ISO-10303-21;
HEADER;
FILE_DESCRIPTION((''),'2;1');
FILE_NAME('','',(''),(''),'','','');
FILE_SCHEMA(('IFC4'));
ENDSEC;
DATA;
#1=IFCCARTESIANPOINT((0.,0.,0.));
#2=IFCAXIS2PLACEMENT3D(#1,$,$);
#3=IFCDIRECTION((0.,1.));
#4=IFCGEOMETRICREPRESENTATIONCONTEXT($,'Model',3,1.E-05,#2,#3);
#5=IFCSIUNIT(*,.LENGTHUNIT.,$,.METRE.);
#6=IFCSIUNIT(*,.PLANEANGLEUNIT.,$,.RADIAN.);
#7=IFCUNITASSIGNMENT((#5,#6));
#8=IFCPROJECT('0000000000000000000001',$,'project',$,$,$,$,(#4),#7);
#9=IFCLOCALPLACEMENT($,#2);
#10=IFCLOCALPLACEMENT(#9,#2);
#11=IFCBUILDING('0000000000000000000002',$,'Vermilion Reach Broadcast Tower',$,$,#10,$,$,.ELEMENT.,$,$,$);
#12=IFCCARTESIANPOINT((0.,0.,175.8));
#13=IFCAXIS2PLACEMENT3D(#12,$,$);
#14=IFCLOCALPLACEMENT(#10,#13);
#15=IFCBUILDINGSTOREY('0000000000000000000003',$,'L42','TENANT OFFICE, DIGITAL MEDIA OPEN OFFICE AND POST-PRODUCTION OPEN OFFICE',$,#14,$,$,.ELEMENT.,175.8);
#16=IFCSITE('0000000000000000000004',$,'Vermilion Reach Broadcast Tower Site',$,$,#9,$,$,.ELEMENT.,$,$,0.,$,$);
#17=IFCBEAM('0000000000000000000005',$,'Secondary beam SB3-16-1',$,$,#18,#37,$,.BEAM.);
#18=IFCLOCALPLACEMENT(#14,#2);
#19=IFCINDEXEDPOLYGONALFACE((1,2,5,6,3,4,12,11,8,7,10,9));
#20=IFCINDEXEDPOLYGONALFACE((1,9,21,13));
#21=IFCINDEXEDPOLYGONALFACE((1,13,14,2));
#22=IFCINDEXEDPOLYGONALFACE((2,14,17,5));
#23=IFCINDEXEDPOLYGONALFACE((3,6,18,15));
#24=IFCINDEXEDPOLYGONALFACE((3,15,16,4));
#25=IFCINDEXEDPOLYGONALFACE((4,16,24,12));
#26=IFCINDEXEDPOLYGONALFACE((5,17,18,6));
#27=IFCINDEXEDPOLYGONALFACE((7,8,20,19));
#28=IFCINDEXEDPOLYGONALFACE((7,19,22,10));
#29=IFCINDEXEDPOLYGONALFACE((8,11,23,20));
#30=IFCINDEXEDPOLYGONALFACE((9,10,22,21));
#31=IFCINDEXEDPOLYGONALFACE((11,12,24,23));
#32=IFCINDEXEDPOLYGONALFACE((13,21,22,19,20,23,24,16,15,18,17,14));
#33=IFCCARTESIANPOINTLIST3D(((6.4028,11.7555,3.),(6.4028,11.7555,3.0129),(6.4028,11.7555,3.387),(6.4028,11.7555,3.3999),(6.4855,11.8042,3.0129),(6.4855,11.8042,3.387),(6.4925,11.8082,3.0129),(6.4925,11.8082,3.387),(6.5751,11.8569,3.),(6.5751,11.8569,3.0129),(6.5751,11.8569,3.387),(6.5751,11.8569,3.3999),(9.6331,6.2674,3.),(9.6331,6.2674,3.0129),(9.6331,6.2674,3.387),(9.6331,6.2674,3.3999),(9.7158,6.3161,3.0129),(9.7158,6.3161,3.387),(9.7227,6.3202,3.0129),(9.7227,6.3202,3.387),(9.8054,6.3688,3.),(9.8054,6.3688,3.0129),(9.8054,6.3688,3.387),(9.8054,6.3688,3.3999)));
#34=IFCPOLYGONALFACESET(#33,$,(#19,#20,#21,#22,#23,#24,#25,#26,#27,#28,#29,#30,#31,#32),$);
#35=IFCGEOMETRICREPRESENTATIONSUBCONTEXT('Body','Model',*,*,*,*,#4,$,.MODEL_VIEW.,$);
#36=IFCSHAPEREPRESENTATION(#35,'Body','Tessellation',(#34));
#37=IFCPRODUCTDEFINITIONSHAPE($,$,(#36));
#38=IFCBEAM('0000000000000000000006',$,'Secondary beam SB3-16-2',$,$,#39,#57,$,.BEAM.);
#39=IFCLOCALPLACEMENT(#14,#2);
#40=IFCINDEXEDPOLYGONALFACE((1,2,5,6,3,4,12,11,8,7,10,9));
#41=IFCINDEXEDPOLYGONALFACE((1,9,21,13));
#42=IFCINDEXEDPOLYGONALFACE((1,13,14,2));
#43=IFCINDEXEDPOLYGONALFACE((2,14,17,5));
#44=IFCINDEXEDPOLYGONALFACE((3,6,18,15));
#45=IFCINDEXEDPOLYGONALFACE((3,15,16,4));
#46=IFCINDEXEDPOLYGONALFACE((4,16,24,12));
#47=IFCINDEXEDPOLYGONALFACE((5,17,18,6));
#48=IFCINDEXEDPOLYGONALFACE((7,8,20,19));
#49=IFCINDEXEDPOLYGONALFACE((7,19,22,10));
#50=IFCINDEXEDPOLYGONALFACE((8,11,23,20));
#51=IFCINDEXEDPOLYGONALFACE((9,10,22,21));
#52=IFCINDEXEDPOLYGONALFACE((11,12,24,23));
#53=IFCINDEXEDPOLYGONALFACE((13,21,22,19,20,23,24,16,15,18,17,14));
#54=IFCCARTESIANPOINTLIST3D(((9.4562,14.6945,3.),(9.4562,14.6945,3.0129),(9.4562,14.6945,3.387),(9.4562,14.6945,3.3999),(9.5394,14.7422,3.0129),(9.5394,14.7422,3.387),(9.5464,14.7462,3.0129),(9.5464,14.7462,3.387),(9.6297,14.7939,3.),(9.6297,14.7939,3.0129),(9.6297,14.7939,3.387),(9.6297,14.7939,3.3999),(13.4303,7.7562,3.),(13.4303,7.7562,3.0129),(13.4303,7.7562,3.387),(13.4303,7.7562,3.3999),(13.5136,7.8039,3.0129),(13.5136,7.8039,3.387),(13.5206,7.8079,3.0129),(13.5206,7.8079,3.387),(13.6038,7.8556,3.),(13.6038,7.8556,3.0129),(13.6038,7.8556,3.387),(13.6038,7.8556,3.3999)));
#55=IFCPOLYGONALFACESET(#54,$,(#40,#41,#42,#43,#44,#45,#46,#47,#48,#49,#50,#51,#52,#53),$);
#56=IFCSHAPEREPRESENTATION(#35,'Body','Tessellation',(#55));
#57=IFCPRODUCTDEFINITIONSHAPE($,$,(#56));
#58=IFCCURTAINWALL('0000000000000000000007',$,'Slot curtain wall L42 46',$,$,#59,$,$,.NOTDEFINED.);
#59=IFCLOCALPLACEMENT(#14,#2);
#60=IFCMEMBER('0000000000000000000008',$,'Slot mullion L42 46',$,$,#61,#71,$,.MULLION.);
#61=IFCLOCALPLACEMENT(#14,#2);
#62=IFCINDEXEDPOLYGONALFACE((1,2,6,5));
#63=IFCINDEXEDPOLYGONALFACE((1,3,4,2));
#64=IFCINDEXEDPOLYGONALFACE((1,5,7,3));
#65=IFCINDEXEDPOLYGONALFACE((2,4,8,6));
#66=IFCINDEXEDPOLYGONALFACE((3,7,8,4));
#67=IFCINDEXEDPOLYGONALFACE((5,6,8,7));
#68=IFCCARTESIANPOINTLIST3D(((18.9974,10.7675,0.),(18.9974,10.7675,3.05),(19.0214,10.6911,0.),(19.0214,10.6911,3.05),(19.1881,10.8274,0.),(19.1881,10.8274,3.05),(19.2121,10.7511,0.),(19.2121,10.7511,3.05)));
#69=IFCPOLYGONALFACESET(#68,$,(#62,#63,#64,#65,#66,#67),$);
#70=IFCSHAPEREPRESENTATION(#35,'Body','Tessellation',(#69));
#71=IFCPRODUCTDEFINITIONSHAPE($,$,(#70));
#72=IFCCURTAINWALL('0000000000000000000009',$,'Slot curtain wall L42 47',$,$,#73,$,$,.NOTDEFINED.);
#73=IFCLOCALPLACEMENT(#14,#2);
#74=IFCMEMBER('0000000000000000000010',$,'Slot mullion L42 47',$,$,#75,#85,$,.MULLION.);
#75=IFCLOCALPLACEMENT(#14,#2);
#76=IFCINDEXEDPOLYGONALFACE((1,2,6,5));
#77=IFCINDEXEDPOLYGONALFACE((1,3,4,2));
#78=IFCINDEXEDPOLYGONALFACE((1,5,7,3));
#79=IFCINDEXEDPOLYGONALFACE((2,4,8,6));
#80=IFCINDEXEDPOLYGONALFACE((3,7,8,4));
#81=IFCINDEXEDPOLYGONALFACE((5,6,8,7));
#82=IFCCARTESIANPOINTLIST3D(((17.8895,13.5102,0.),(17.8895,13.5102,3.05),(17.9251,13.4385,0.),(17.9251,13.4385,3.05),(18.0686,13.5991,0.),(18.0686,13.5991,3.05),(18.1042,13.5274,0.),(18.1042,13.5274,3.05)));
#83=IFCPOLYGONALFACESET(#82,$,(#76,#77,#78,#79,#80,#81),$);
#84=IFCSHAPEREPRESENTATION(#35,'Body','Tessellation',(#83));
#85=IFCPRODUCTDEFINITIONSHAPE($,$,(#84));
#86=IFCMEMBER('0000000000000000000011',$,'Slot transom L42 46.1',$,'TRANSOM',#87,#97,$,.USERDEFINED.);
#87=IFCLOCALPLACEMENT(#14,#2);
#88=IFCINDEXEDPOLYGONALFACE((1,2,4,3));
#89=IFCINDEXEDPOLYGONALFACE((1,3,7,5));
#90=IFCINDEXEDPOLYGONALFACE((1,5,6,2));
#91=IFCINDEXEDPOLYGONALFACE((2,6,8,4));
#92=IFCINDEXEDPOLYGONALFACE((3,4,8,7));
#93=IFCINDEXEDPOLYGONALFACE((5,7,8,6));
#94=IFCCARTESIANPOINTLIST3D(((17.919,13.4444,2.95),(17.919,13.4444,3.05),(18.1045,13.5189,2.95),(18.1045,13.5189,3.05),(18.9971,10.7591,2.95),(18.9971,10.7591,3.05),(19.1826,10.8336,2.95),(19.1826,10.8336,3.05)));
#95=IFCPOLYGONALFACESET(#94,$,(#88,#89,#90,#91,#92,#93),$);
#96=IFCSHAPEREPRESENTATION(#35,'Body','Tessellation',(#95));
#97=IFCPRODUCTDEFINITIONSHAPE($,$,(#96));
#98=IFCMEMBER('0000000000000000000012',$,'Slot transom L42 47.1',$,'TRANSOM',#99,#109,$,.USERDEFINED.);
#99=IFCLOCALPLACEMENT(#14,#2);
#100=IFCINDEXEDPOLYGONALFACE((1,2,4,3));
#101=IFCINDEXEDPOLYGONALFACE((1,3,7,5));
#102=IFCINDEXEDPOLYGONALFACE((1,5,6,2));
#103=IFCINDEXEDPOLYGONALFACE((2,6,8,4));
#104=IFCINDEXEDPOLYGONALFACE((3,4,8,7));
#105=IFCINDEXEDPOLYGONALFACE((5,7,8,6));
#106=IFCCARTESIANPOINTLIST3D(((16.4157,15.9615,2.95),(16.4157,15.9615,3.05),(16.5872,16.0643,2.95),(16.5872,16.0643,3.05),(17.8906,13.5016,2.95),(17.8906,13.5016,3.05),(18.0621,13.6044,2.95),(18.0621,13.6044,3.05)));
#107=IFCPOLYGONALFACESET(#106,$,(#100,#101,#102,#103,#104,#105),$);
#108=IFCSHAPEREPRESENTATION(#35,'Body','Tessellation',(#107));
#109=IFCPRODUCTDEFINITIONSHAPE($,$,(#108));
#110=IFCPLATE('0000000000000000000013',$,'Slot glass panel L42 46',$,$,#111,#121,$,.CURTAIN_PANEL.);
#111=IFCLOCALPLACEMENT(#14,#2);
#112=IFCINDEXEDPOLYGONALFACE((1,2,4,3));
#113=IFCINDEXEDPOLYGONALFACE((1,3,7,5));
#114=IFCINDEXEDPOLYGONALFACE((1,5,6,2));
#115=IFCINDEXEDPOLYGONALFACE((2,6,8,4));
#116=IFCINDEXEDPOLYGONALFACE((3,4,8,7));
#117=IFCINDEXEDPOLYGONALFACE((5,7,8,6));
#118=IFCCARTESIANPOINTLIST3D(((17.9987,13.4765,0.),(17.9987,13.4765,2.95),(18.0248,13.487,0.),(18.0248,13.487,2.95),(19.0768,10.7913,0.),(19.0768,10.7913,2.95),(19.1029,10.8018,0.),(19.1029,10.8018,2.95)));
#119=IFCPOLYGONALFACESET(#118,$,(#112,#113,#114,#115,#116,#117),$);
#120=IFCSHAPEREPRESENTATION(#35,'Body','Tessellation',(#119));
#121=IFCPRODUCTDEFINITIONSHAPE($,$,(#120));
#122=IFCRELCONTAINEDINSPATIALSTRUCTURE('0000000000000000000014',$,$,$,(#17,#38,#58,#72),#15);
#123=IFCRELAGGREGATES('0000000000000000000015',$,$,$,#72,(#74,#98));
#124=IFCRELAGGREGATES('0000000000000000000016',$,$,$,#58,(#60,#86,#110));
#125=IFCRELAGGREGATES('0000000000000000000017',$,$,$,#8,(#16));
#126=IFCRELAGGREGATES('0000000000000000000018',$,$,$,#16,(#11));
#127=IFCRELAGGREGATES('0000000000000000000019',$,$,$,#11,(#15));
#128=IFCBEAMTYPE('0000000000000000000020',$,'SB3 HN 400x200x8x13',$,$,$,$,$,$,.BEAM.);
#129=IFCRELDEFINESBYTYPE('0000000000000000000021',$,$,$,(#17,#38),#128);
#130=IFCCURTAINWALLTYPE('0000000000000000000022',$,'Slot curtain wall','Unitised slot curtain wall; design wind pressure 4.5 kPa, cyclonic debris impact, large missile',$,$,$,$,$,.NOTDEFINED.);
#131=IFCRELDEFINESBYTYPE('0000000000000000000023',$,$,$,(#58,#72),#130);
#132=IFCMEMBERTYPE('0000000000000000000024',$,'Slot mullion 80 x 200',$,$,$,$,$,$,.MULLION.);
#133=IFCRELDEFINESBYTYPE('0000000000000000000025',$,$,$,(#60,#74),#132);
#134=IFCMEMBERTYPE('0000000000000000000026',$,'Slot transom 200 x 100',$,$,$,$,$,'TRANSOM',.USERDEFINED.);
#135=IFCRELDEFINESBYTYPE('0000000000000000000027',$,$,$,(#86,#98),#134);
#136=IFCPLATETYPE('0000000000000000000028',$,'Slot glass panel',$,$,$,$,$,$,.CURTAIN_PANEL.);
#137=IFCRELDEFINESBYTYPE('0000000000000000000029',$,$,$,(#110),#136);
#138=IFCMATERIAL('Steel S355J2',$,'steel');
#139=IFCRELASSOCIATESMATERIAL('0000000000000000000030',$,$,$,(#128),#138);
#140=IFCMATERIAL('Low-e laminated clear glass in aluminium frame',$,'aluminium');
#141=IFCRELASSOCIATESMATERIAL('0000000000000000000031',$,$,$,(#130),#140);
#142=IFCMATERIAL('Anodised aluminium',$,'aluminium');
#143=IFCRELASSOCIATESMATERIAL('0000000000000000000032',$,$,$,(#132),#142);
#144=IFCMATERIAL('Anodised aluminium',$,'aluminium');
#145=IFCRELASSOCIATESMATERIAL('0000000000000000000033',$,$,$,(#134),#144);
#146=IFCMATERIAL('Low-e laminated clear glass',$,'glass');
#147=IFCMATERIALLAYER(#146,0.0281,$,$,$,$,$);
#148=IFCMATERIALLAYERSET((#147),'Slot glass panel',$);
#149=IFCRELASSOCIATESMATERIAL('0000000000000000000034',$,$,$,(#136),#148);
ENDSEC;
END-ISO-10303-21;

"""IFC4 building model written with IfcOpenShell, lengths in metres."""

from ifc_helpers import new_model, si_unit, direction, frame, origin, origin_2d, place, context, subcontext, project, spatial, rectangle, i_section, extrude, material, layer, layer_set, material_profile, profile_set, type_object, element, aggregate, save


model = new_model("IFC4")

# Units and contexts
model_context = context("Model", 3, precision=1e-05, world=origin(), true_north=direction((0.0, 1.0)))
body_context = subcontext(model_context, "Body", "Model", "MODEL_VIEW")
ifc_project = project(units=[si_unit("LENGTHUNIT", "METRE"), si_unit("PLANEANGLEUNIT", "RADIAN")], contexts=[model_context])

# Site, building, storey
site_placement = place(None, origin())
site = spatial("IfcSite", under=ifc_project, at=site_placement, Name="Vermilion Reach Broadcast Tower Site", CompositionType="ELEMENT", RefElevation=0.0)
building_placement = place(site_placement, origin())
building = spatial("IfcBuilding", under=site, at=building_placement, Name="Vermilion Reach Broadcast Tower", CompositionType="ELEMENT")
storey_placement = place(building_placement, frame((0.0, 0.0, 175.8)))
storey = spatial("IfcBuildingStorey", under=building, at=storey_placement, Name="L42", Description="TENANT OFFICE, DIGITAL MEDIA OPEN OFFICE AND POST-PRODUCTION OPEN OFFICE", CompositionType="ELEMENT", Elevation=175.8)

# Beams
ifc_material_1 = material(Name="Steel S355J2", Category="steel")
ifc_material_profile_1 = material_profile(ifc_material_1, i_section(OverallWidth=0.2, OverallDepth=0.3999, WebThickness=0.0081, FlangeThickness=0.0129, at=origin_2d()), Name="S355J2 HN 400x200x8x13")
ifc_profile_set_1 = profile_set([ifc_material_profile_1], Name="Steel S355J2")
beam_type_1 = type_object("IfcBeamType", Name="SB3 HN 400x200x8x13", PredefinedType="BEAM", material=ifc_profile_set_1)
beam_1_placement = place(storey_placement, frame((9.7192, 6.3181, 3.2), z_axis=(-0.50725, 0.861799, 0.0), x_axis=(-0.861799, -0.50725, 0.0)))
element("IfcBeam", 1, at=beam_1_placement, inside=storey, type_object=beam_type_1, Name="Secondary beam SB3-16-1", PredefinedType="BEAM", context=body_context, shape_type="SweptSolid", body=[
    extrude(i_section(OverallWidth=0.2, OverallDepth=0.3999, WebThickness=0.0081, FlangeThickness=0.0129, at=origin_2d()), origin(), (0.0, 0.0, 1.0), 6.3682),
])
beam_2_placement = place(storey_placement, frame((13.5171, 7.8059, 3.2), z_axis=(-0.497027, 0.867735, 0.0), x_axis=(-0.867735, -0.497027, 0.0)))
element("IfcBeam", 2, at=beam_2_placement, inside=storey, type_object=beam_type_1, Name="Secondary beam SB3-16-2", PredefinedType="BEAM", context=body_context, shape_type="SweptSolid", body=[
    extrude(i_section(OverallWidth=0.2, OverallDepth=0.3999, WebThickness=0.0081, FlangeThickness=0.0129, at=origin_2d()), origin(), (0.0, 0.0, 1.0), 7.9958),
])

# Curtain walls, members
ifc_material_2 = material(Name="Low-e laminated clear glass in aluminium frame", Category="aluminium")
curtain_wall_type = type_object("IfcCurtainWallType", Name="Slot curtain wall", Description="Unitised slot curtain wall; design wind pressure 4.5 kPa, cyclonic debris impact, large missile", PredefinedType="NOTDEFINED", material=ifc_material_2)
placement = place(storey_placement, origin())
curtain_wall_1 = element("IfcCurtainWall", 3, at=placement, inside=storey, type_object=curtain_wall_type, Name="Slot curtain wall L42 46", PredefinedType="NOTDEFINED")
ifc_material_3 = material(Name="Anodised aluminium", Category="aluminium")
ifc_material_profile_2 = material_profile(ifc_material_3, rectangle(XDim=0.2, YDim=0.0801, at=origin_2d()), Name="Slot mullion 80 x 200")
ifc_profile_set_2 = profile_set([ifc_material_profile_2], Name="Anodised aluminium")
member_type_1 = type_object("IfcMemberType", Name="Slot mullion 80 x 200", PredefinedType="MULLION", material=ifc_profile_set_2)
member_1_placement = place(storey_placement, frame((19.1047, 10.7593, 0.0), z_axis=(0.0, 0.0, 1.0), x_axis=(-0.953997, -0.299816, 0.0)))
member_1 = element("IfcMember", 4, at=member_1_placement, type_object=member_type_1, Name="Slot mullion L42 46", PredefinedType="MULLION", context=body_context, shape_type="SweptSolid", body=[
    extrude(rectangle(XDim=0.2, YDim=0.0801, at=origin_2d()), origin(), (0.0, 0.0, 1.0), 3.05),
])
curtain_wall_2 = element("IfcCurtainWall", 5, at=placement, inside=storey, type_object=curtain_wall_type, Name="Slot curtain wall L42 47", PredefinedType="NOTDEFINED")
member_2_placement = place(storey_placement, frame((17.9968, 13.5188, 0.0), z_axis=(0.0, 0.0, 1.0), x_axis=(-0.895626, -0.444809, 0.0)))
member_2 = element("IfcMember", 6, at=member_2_placement, type_object=member_type_1, Name="Slot mullion L42 47", PredefinedType="MULLION", context=body_context, shape_type="SweptSolid", body=[
    extrude(rectangle(XDim=0.2, YDim=0.0801, at=origin_2d()), origin(), (0.0, 0.0, 1.0), 3.05),
])

# Members
ifc_material_4 = material(Name="Anodised aluminium", Category="aluminium")
ifc_material_profile_3 = material_profile(ifc_material_4, rectangle(XDim=0.2, YDim=0.1001, at=origin_2d()), Name="Slot transom 200 x 100")
ifc_profile_set_3 = profile_set([ifc_material_profile_3], Name="Anodised aluminium")
member_type_2 = type_object("IfcMemberType", Name="Slot transom 200 x 100", ElementType="TRANSOM", PredefinedType="USERDEFINED", material=ifc_profile_set_3)
member_3_placement = place(storey_placement, frame((19.0898, 10.7964, 3.0), z_axis=(-0.372583, 0.927999, 0.0), x_axis=(-0.927999, -0.372583, 0.0)))
member_3 = element("IfcMember", 7, at=member_3_placement, type_object=member_type_2, Name="Slot transom L42 46.1", ObjectType="TRANSOM", PredefinedType="USERDEFINED", context=body_context, shape_type="SweptSolid", body=[
    extrude(rectangle(XDim=0.2, YDim=0.1001, at=origin_2d()), origin(), (0.0, 0.0, 1.0), 2.8936),
])
member_4_placement = place(storey_placement, frame((17.9763, 13.553, 3.0), z_axis=(-0.514208, 0.857666, 0.0), x_axis=(-0.857666, -0.514208, 0.0)))
member_4 = element("IfcMember", 8, at=member_4_placement, type_object=member_type_2, Name="Slot transom L42 47.1", ObjectType="TRANSOM", PredefinedType="USERDEFINED", context=body_context, shape_type="SweptSolid", body=[
    extrude(rectangle(XDim=0.2, YDim=0.1001, at=origin_2d()), origin(), (0.0, 0.0, 1.0), 2.8682),
])
aggregate(curtain_wall_2, [member_2, member_4])

# Plate
ifc_material_5 = material(Name="Low-e laminated clear glass", Category="glass")
ifc_layer_1 = layer(ifc_material_5, 0.0281)
ifc_layer_set_1 = layer_set([ifc_layer_1], Name="Slot glass panel")
plate_type = type_object("IfcPlateType", Name="Slot glass panel", PredefinedType="CURTAIN_PANEL", material=ifc_layer_set_1)
plate_placement = place(storey_placement, frame((18.5508, 12.1392, 0.0), z_axis=(0.0, 0.0, 1.0), x_axis=(-0.37259, 0.927996, 0.0)))
plate = element("IfcPlate", 9, at=plate_placement, type_object=plate_type, Name="Slot glass panel L42 46", PredefinedType="CURTAIN_PANEL", context=body_context, shape_type="SweptSolid", body=[
    extrude(rectangle(XDim=2.8936, YDim=0.0281, at=origin_2d()), origin(), (0.0, 0.0, 1.0), 2.95),
])
aggregate(curtain_wall_1, [member_1, member_3, plate])

save(model, "model.ifc")
